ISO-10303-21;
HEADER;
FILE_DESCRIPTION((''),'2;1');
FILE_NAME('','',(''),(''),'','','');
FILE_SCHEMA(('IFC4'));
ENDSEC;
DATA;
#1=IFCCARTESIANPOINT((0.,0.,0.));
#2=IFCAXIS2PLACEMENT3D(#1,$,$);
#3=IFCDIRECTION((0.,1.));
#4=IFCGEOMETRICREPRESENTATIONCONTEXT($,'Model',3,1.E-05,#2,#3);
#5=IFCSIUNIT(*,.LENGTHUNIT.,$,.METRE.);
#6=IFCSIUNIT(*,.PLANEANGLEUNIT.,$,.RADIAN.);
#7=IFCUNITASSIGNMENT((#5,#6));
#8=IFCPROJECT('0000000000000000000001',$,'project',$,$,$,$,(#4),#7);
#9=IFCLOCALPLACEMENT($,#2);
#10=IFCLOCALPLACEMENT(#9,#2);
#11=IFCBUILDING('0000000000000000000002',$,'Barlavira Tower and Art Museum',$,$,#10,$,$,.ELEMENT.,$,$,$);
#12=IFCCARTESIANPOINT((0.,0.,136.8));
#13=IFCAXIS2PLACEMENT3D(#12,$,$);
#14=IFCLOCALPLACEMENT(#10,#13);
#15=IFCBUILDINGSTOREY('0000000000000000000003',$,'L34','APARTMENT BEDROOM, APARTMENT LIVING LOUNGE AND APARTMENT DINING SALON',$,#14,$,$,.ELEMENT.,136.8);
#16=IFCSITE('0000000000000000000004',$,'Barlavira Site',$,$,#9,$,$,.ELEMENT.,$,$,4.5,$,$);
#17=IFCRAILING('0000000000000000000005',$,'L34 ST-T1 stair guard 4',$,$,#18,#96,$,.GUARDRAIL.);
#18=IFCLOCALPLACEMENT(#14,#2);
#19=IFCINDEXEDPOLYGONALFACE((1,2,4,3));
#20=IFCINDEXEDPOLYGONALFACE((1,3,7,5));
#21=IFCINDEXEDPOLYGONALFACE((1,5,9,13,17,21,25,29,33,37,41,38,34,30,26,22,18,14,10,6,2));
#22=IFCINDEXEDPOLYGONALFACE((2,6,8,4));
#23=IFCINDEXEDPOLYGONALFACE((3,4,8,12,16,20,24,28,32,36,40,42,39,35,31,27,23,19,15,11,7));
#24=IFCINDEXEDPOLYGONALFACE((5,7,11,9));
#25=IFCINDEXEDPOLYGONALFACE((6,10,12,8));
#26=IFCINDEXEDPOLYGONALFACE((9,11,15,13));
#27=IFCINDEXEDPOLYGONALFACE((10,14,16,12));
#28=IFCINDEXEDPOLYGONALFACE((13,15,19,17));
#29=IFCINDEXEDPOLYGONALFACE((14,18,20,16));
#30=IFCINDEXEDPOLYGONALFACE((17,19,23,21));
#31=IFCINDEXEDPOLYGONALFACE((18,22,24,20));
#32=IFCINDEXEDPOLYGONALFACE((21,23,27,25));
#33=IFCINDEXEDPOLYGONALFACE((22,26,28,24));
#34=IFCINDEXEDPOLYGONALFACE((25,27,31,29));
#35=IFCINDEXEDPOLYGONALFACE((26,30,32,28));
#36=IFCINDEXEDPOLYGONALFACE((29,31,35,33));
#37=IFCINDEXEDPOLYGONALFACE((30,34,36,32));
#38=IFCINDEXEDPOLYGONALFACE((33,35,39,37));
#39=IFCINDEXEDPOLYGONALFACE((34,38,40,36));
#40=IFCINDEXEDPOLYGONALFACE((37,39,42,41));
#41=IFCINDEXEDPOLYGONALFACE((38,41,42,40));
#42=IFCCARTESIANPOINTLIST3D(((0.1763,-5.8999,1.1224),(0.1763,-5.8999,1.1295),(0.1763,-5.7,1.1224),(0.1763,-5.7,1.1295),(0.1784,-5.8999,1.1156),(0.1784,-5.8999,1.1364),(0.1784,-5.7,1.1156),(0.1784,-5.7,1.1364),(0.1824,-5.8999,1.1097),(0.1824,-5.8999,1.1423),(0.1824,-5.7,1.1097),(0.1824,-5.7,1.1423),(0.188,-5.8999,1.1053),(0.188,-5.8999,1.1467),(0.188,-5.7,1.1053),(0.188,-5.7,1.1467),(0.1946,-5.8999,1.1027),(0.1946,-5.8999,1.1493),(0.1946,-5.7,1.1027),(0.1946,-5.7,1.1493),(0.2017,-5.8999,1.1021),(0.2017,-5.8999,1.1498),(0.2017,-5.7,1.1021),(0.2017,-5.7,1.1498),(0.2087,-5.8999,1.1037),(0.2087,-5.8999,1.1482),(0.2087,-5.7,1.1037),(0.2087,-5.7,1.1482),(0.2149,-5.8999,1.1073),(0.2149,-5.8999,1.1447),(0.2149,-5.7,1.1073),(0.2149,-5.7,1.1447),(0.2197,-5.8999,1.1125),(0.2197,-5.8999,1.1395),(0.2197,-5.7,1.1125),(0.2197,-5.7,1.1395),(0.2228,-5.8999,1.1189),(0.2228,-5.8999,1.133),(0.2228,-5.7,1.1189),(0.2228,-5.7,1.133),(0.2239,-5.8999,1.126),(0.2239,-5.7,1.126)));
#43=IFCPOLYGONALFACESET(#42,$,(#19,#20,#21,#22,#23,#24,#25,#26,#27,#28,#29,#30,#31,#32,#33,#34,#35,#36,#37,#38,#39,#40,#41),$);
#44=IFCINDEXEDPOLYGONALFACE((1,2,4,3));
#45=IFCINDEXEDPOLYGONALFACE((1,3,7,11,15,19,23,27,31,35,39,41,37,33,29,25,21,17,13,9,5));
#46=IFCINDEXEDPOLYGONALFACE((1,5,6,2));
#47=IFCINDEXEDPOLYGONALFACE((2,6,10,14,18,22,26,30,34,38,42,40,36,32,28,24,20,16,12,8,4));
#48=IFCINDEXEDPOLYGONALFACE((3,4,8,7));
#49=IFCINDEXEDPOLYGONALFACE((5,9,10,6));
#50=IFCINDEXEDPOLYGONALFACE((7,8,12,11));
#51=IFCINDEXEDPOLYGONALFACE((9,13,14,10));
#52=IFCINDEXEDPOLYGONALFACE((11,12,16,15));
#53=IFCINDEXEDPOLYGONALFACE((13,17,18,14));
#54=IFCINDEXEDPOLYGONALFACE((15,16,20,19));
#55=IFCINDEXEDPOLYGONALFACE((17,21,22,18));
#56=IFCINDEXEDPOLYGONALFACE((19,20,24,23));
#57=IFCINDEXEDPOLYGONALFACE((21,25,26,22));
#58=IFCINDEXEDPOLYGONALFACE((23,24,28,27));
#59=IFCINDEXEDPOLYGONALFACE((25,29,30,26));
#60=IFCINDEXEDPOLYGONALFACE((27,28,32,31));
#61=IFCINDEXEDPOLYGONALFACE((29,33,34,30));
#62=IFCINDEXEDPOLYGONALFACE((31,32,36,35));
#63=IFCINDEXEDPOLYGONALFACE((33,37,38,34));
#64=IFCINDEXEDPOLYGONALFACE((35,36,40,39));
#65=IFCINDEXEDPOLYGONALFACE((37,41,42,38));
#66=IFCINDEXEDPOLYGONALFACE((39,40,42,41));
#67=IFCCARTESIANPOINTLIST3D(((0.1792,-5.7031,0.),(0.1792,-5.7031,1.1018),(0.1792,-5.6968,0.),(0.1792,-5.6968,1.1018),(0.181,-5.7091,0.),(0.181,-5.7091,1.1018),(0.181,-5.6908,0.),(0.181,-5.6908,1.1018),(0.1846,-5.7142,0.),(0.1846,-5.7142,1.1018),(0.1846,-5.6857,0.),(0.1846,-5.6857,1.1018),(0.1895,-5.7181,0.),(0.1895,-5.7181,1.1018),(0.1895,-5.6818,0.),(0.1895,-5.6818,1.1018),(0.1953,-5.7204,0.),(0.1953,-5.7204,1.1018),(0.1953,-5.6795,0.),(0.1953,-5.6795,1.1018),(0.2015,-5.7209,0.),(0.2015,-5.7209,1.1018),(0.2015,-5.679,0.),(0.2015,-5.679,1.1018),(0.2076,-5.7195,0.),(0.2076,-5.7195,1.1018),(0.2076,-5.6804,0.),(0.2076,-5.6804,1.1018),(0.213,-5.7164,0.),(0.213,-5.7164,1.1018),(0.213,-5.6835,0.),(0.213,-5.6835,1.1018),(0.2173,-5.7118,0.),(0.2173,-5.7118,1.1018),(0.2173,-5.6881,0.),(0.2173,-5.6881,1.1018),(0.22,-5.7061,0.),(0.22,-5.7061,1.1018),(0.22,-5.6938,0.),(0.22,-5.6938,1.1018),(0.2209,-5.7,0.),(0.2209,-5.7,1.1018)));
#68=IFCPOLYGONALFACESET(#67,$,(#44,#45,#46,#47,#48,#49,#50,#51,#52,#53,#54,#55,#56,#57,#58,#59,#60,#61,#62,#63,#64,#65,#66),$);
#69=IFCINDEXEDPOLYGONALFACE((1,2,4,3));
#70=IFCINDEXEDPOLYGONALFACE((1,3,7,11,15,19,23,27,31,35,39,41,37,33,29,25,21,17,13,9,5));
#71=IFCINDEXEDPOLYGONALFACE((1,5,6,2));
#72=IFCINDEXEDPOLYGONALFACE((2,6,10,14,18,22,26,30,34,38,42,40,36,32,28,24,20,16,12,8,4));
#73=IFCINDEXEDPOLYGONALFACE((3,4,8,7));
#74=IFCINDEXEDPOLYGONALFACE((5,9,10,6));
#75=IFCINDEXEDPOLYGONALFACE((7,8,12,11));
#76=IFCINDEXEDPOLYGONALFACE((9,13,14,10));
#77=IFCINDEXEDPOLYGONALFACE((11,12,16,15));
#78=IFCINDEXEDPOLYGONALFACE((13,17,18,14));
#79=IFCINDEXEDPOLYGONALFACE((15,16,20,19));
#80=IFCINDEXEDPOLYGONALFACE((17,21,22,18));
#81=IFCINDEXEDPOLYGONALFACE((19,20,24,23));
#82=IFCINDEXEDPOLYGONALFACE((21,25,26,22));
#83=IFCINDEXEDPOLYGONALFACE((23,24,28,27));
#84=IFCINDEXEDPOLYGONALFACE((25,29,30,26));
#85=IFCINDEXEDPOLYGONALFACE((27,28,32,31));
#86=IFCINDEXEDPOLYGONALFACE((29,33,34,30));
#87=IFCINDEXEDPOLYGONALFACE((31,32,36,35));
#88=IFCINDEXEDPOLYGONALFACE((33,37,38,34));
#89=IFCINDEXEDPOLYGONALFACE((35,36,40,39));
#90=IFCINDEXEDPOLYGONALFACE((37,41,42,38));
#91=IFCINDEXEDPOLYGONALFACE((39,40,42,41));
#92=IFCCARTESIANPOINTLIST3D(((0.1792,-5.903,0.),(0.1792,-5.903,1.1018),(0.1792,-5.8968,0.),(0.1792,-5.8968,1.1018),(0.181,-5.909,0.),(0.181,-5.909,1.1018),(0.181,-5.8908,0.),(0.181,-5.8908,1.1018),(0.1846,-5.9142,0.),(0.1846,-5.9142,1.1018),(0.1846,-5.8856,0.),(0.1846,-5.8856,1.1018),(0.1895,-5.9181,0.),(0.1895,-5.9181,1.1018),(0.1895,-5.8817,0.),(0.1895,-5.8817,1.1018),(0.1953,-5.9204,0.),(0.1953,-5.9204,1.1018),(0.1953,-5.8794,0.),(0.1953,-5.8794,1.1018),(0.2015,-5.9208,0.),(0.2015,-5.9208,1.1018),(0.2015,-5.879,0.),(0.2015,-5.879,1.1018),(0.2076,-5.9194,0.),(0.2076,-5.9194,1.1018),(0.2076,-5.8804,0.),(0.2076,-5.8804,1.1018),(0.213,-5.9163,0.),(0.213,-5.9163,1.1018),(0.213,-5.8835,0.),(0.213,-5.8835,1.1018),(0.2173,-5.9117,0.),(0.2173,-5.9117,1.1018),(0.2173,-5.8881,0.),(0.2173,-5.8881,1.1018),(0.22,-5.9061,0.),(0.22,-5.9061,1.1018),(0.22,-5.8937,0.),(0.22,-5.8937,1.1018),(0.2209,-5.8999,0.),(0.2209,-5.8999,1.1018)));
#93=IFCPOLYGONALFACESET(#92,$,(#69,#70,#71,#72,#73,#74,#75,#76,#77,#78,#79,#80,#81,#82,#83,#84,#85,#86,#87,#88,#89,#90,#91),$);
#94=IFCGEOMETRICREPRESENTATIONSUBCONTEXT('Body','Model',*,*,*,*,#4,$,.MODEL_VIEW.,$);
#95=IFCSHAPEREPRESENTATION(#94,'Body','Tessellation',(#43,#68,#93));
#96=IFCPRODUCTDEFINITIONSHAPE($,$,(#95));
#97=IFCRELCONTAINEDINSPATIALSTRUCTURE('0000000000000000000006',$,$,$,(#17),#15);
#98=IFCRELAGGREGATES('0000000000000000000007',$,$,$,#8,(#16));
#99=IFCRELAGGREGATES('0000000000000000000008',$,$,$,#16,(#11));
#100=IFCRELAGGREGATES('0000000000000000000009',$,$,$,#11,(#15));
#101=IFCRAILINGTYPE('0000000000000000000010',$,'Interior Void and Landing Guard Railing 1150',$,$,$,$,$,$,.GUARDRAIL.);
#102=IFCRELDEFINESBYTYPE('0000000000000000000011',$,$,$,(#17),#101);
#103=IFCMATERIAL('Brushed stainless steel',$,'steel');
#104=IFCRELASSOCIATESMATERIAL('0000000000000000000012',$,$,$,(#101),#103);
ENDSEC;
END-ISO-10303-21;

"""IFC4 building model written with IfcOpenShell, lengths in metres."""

from ifc_helpers import new_model, si_unit, direction, frame, origin, origin_2d, place, context, subcontext, project, spatial, circle, extrude, material, type_object, element, save


model = new_model("IFC4")

# Units and contexts
model_context = context("Model", 3, precision=1e-05, world=origin(), true_north=direction((0.0, 1.0)))
body_context = subcontext(model_context, "Body", "Model", "MODEL_VIEW")
ifc_project = project(units=[si_unit("LENGTHUNIT", "METRE"), si_unit("PLANEANGLEUNIT", "RADIAN")], contexts=[model_context])

# Site, building, storey
site_placement = place(None, origin())
site = spatial("IfcSite", under=ifc_project, at=site_placement, Name="Barlavira Site", CompositionType="ELEMENT", RefElevation=4.5)
building_placement = place(site_placement, origin())
building = spatial("IfcBuilding", under=site, at=building_placement, Name="Barlavira Tower and Art Museum", CompositionType="ELEMENT")
storey_placement = place(building_placement, frame((0.0, 0.0, 136.8)))
storey = spatial("IfcBuildingStorey", under=building, at=storey_placement, Name="L34", Description="APARTMENT BEDROOM, APARTMENT LIVING LOUNGE AND APARTMENT DINING SALON", CompositionType="ELEMENT", Elevation=136.8)

# Shared definitions
ifc_material_1 = material(Name="Brushed stainless steel", Category="steel")

# Railing
railing_type_1 = type_object("IfcRailingType", Name="Interior Void and Landing Guard Railing 1150", PredefinedType="GUARDRAIL", material=ifc_material_1)
railing_1_placement = place(storey_placement, frame((0.2, -5.7, 0.0)))
element("IfcRailing", 1, at=railing_1_placement, inside=storey, type_object=railing_type_1, Name="L34 ST-T1 stair guard 4", PredefinedType="GUARDRAIL", context=body_context, shape_type="SweptSolid", body=[
    extrude(circle(Radius=0.0239, at=origin_2d()), frame((0.0, 0.0, 1.126), z_axis=(0.0, -1.0, 0.0), x_axis=(1.0, 0.0, 0.0)), (0.0, 0.0, 1.0), 0.2),
    extrude(circle(Radius=0.021, at=origin_2d()), origin(), (0.0, 0.0, 1.0), 1.1018),
    extrude(circle(Radius=0.021, at=origin_2d()), frame((0.0, -0.2, 0.0)), (0.0, 0.0, 1.0), 1.1018),
])

save(model, "model.ifc")
